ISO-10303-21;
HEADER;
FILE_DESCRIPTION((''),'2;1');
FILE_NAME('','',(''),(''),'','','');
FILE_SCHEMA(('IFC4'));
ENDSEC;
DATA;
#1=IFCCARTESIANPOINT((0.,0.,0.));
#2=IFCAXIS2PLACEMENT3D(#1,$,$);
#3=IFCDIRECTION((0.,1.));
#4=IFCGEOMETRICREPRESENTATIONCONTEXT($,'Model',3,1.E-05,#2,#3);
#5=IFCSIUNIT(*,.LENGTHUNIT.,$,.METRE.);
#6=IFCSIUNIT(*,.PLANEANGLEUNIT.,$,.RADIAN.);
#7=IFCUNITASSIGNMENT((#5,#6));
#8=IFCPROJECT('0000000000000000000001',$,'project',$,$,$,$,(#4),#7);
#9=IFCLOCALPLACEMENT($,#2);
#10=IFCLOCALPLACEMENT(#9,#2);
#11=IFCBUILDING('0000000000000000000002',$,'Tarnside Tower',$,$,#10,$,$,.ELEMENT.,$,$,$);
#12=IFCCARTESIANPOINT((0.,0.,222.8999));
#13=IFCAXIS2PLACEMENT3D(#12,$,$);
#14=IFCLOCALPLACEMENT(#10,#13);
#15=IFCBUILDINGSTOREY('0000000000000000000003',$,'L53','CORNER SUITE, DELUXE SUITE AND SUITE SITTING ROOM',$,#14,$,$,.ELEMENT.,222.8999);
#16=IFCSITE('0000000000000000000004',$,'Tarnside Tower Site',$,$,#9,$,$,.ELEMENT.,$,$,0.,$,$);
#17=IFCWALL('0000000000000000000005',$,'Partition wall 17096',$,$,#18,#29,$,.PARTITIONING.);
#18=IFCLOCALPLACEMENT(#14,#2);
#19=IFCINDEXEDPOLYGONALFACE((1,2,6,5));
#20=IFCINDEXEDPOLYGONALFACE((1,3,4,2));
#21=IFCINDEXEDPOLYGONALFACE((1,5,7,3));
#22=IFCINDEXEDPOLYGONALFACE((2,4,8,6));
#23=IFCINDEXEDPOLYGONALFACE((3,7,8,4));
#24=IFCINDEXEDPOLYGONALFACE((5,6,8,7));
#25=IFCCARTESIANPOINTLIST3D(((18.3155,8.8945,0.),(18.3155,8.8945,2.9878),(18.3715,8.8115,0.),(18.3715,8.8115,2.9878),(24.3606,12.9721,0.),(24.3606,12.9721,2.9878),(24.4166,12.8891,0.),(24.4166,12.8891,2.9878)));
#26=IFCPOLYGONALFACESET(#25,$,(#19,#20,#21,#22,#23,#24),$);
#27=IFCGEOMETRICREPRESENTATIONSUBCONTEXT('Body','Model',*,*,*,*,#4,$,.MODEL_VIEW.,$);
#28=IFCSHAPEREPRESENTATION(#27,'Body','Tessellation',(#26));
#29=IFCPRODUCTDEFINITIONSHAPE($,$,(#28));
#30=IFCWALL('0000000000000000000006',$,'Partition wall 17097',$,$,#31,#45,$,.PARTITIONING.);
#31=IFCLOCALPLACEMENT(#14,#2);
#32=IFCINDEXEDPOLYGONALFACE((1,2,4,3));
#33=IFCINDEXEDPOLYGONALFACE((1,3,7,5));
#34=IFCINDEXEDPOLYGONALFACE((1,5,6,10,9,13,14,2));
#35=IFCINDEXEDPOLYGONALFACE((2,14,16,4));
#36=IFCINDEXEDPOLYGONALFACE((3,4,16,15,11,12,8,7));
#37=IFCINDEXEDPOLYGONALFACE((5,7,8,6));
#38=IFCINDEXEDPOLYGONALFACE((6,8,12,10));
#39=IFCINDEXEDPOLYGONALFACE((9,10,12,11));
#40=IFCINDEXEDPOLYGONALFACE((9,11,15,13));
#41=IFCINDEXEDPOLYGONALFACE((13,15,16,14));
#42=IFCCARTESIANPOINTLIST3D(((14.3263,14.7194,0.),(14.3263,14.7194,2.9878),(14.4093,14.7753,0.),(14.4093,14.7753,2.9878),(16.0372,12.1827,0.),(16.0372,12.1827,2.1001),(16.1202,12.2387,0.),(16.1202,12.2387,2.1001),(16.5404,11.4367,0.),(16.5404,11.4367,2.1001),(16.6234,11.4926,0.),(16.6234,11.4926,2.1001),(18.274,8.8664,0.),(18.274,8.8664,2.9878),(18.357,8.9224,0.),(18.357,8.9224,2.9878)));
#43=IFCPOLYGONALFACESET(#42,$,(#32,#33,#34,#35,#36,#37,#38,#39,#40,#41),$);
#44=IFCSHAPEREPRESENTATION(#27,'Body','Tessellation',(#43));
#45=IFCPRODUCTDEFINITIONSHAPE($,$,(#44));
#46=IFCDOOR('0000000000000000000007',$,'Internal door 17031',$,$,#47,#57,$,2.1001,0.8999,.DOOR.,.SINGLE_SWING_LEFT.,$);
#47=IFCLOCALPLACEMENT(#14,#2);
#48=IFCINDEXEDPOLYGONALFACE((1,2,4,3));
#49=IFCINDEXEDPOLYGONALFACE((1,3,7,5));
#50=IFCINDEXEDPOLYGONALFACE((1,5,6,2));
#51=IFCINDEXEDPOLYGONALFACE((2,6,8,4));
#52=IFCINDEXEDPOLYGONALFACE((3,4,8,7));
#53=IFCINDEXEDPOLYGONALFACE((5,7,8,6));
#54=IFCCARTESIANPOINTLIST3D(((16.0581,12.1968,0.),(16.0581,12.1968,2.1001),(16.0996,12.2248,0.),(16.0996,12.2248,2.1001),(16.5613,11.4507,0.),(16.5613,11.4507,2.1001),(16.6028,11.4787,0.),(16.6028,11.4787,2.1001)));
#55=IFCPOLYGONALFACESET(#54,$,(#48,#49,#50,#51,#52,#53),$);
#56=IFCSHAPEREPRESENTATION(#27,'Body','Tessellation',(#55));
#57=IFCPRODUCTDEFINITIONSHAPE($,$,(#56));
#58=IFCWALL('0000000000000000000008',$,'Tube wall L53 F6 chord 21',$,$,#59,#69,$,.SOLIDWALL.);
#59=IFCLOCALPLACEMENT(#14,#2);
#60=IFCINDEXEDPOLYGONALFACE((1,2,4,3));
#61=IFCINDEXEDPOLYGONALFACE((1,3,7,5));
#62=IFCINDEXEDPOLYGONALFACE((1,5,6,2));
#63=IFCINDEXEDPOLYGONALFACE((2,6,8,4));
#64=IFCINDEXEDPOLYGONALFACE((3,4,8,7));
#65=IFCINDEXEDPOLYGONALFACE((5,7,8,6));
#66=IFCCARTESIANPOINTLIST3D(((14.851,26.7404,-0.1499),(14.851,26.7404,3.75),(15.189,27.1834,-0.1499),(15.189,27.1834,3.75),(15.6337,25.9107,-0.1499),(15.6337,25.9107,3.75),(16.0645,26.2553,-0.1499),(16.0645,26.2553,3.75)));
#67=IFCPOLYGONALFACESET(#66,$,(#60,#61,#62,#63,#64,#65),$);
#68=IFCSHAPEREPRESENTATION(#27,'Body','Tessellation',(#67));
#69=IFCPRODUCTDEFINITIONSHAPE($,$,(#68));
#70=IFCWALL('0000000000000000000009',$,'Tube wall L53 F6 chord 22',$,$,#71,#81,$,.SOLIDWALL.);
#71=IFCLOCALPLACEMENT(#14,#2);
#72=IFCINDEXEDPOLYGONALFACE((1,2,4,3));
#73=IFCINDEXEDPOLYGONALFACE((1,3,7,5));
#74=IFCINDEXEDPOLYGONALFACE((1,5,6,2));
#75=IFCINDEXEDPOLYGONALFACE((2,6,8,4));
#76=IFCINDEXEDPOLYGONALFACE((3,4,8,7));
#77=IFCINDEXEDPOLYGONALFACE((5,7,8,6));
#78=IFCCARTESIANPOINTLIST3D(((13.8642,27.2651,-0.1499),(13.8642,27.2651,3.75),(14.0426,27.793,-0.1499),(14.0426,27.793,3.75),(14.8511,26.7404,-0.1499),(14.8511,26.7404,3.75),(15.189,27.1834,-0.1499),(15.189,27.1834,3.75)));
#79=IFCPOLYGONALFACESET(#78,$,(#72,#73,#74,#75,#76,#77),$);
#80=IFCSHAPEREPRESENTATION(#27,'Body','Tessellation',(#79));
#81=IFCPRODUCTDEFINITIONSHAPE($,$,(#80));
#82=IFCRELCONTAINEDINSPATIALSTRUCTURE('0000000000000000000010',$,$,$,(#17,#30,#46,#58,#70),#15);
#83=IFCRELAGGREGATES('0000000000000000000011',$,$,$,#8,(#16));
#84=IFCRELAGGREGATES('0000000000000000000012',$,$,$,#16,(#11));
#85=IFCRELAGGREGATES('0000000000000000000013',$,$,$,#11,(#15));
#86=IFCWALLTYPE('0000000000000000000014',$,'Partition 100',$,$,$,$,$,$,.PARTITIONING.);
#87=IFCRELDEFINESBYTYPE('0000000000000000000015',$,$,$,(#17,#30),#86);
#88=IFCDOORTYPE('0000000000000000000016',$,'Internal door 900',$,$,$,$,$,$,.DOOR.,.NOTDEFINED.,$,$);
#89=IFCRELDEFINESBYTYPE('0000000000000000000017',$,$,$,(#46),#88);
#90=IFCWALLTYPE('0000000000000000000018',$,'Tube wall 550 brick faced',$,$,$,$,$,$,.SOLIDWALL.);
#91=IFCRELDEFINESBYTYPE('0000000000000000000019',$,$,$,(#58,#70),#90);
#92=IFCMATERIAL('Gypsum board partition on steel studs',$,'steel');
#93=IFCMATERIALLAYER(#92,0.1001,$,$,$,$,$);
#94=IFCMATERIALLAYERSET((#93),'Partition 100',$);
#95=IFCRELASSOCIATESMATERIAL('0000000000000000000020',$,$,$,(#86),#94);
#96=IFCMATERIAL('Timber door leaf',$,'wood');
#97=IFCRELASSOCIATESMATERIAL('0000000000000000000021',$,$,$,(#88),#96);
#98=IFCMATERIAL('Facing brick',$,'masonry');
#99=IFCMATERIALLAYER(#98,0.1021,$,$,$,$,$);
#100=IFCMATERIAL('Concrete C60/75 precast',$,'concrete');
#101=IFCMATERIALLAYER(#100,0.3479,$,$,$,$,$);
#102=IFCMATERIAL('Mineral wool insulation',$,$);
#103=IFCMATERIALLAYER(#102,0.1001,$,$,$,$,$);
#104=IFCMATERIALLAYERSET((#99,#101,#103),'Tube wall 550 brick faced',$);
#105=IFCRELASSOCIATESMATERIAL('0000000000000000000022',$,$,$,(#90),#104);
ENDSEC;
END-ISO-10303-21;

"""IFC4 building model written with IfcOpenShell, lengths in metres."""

from ifc_helpers import new_model, si_unit, direction, frame, frame_2d, origin, place, context, subcontext, project, spatial, polyline, rectangle, outline, extrude, material, layer, layer_set, type_object, element, fill, save


model = new_model("IFC4")

# Units and contexts
model_context = context("Model", 3, precision=1e-05, world=origin(), true_north=direction((0.0, 1.0)))
body_context = subcontext(model_context, "Body", "Model", "MODEL_VIEW")
ifc_project = project(units=[si_unit("LENGTHUNIT", "METRE"), si_unit("PLANEANGLEUNIT", "RADIAN")], contexts=[model_context])

# Site, building, storey
site_placement = place(None, origin())
site = spatial("IfcSite", under=ifc_project, at=site_placement, Name="Tarnside Tower Site", CompositionType="ELEMENT", RefElevation=0.0)
building_placement = place(site_placement, origin())
building = spatial("IfcBuilding", under=site, at=building_placement, Name="Tarnside Tower", CompositionType="ELEMENT")
storey_placement = place(building_placement, frame((0.0, 0.0, 222.8999)))
storey = spatial("IfcBuildingStorey", under=building, at=storey_placement, Name="L53", Description="CORNER SUITE, DELUXE SUITE AND SUITE SITTING ROOM", CompositionType="ELEMENT", Elevation=222.8999)

# Wall
ifc_material_1 = material(Name="Gypsum board partition on steel studs", Category="steel")
ifc_layer_1 = layer(ifc_material_1, 0.1001)
ifc_layer_set_1 = layer_set([ifc_layer_1], Name="Partition 100")
wall_type_1 = type_object("IfcWallType", Name="Partition 100", PredefinedType="PARTITIONING", material=ifc_layer_set_1)
wall_1_placement = place(storey_placement, frame((24.3887, 12.9307, 0.0), z_axis=(0.0, 0.0, 1.0), x_axis=(-0.82903, -0.559204, 0.0)))
element("IfcWall", 1, at=wall_1_placement, inside=storey, type_object=wall_type_1, Name="Partition wall 17096", PredefinedType="PARTITIONING", context=body_context, shape_type="SweptSolid", body=[
    extrude(rectangle(XDim=7.2917, YDim=0.1001, at=frame_2d((3.646, 0.0))), origin(), (0.0, 0.0, 1.0), 2.9878),
])

# Wall, opening, door
wall_2_placement = place(storey_placement, frame((18.3154, 8.8945, 0.0), z_axis=(0.0, 0.0, 1.0), x_axis=(-0.559177, 0.829048, 0.0)))
wall_2 = element("IfcWall", 2, at=wall_2_placement, inside=storey, type_object=wall_type_1, Name="Partition wall 17097", PredefinedType="PARTITIONING", context=body_context, shape_type="SweptSolid", body=[
    extrude(rectangle(XDim=7.0598, YDim=0.1001, at=frame_2d((3.5298, 0.0))), origin(), (0.0, 0.0, 1.0), 2.9878),
])
opening_placement = place(wall_2_placement, frame((3.1001, 0.0, 0.0)))
opening = element("IfcOpeningElement", 3, at=opening_placement, cuts=wall_2, PredefinedType="OPENING", context=body_context, shape_type="SweptSolid", body=[
    extrude(rectangle(XDim=0.8999, YDim=2.1001, at=frame_2d((0.45, 1.05))), frame((0.0, 0.0601, 0.0), z_axis=(0.0, -1.0, 0.0), x_axis=(1.0, 0.0, 0.0)), (0.0, 0.0, 1.0), 0.1201),
])
ifc_material_2 = material(Name="Timber door leaf", Category="wood")
door_type = type_object("IfcDoorType", Name="Internal door 900", OperationType="NOTDEFINED", PredefinedType="DOOR", material=ifc_material_2)
door_placement = place(opening_placement, origin())
door = element("IfcDoor", 4, at=door_placement, inside=storey, type_object=door_type, Name="Internal door 17031", OperationType="SINGLE_SWING_LEFT", OverallHeight=2.1001, OverallWidth=0.8999, PredefinedType="DOOR", context=body_context, shape_type="SweptSolid", body=[
    extrude(rectangle(XDim=0.8999, YDim=2.1001, at=frame_2d((0.45, 1.05))), frame((0.0, 0.0249, 0.0), z_axis=(0.0, -1.0, 0.0), x_axis=(1.0, 0.0, 0.0)), (0.0, 0.0, 1.0), 0.05),
])
fill(opening, door)

# Walls
ifc_material_3 = material(Name="Facing brick", Category="masonry")
ifc_layer_2 = layer(ifc_material_3, 0.1021)
ifc_material_4 = material(Name="Concrete C60/75 precast", Category="concrete")
ifc_layer_3 = layer(ifc_material_4, 0.3479)
ifc_material_5 = material(Name="Mineral wool insulation")
ifc_layer_4 = layer(ifc_material_5, 0.1001)
ifc_layer_set_2 = layer_set([ifc_layer_2, ifc_layer_3, ifc_layer_4], Name="Tube wall 550 brick faced")
wall_type_2 = type_object("IfcWallType", Name="Tube wall 550 brick faced", PredefinedType="SOLIDWALL", material=ifc_layer_set_2)
wall_3_placement = place(storey_placement, frame((15.8491, 26.083, -0.1499), z_axis=(0.0, 0.0, 1.0), x_axis=(-0.686196, 0.727416, 0.0)))
element("IfcWall", 5, at=wall_3_placement, inside=storey, type_object=wall_type_2, Name="Tube wall L53 F6 chord 21", PredefinedType="SOLIDWALL", context=body_context, shape_type="SweptSolid", body=[
    extrude(outline(polyline([(-0.0225, -0.2749), (1.2534, -0.2749), (1.1631, 0.2749), (0.0225, 0.2749), (-0.0225, -0.2749)])), origin(), (0.0, 0.0, 1.0), 3.8999),
])
wall_4_placement = place(storey_placement, frame((15.02, 26.9619, -0.1499), z_axis=(0.0, 0.0, 1.0), x_axis=(-0.882951, 0.469465, 0.0)))
element("IfcWall", 6, at=wall_4_placement, inside=storey, type_object=wall_type_2, Name="Tube wall L53 F6 chord 22", PredefinedType="SOLIDWALL", context=body_context, shape_type="SweptSolid", body=[
    extrude(outline(polyline([(-0.0452, -0.2749), (1.2532, -0.2749), (1.1628, 0.2749), (0.0452, 0.2749), (-0.0452, -0.2749)])), origin(), (0.0, 0.0, 1.0), 3.8999),
])

save(model, "model.ifc")
